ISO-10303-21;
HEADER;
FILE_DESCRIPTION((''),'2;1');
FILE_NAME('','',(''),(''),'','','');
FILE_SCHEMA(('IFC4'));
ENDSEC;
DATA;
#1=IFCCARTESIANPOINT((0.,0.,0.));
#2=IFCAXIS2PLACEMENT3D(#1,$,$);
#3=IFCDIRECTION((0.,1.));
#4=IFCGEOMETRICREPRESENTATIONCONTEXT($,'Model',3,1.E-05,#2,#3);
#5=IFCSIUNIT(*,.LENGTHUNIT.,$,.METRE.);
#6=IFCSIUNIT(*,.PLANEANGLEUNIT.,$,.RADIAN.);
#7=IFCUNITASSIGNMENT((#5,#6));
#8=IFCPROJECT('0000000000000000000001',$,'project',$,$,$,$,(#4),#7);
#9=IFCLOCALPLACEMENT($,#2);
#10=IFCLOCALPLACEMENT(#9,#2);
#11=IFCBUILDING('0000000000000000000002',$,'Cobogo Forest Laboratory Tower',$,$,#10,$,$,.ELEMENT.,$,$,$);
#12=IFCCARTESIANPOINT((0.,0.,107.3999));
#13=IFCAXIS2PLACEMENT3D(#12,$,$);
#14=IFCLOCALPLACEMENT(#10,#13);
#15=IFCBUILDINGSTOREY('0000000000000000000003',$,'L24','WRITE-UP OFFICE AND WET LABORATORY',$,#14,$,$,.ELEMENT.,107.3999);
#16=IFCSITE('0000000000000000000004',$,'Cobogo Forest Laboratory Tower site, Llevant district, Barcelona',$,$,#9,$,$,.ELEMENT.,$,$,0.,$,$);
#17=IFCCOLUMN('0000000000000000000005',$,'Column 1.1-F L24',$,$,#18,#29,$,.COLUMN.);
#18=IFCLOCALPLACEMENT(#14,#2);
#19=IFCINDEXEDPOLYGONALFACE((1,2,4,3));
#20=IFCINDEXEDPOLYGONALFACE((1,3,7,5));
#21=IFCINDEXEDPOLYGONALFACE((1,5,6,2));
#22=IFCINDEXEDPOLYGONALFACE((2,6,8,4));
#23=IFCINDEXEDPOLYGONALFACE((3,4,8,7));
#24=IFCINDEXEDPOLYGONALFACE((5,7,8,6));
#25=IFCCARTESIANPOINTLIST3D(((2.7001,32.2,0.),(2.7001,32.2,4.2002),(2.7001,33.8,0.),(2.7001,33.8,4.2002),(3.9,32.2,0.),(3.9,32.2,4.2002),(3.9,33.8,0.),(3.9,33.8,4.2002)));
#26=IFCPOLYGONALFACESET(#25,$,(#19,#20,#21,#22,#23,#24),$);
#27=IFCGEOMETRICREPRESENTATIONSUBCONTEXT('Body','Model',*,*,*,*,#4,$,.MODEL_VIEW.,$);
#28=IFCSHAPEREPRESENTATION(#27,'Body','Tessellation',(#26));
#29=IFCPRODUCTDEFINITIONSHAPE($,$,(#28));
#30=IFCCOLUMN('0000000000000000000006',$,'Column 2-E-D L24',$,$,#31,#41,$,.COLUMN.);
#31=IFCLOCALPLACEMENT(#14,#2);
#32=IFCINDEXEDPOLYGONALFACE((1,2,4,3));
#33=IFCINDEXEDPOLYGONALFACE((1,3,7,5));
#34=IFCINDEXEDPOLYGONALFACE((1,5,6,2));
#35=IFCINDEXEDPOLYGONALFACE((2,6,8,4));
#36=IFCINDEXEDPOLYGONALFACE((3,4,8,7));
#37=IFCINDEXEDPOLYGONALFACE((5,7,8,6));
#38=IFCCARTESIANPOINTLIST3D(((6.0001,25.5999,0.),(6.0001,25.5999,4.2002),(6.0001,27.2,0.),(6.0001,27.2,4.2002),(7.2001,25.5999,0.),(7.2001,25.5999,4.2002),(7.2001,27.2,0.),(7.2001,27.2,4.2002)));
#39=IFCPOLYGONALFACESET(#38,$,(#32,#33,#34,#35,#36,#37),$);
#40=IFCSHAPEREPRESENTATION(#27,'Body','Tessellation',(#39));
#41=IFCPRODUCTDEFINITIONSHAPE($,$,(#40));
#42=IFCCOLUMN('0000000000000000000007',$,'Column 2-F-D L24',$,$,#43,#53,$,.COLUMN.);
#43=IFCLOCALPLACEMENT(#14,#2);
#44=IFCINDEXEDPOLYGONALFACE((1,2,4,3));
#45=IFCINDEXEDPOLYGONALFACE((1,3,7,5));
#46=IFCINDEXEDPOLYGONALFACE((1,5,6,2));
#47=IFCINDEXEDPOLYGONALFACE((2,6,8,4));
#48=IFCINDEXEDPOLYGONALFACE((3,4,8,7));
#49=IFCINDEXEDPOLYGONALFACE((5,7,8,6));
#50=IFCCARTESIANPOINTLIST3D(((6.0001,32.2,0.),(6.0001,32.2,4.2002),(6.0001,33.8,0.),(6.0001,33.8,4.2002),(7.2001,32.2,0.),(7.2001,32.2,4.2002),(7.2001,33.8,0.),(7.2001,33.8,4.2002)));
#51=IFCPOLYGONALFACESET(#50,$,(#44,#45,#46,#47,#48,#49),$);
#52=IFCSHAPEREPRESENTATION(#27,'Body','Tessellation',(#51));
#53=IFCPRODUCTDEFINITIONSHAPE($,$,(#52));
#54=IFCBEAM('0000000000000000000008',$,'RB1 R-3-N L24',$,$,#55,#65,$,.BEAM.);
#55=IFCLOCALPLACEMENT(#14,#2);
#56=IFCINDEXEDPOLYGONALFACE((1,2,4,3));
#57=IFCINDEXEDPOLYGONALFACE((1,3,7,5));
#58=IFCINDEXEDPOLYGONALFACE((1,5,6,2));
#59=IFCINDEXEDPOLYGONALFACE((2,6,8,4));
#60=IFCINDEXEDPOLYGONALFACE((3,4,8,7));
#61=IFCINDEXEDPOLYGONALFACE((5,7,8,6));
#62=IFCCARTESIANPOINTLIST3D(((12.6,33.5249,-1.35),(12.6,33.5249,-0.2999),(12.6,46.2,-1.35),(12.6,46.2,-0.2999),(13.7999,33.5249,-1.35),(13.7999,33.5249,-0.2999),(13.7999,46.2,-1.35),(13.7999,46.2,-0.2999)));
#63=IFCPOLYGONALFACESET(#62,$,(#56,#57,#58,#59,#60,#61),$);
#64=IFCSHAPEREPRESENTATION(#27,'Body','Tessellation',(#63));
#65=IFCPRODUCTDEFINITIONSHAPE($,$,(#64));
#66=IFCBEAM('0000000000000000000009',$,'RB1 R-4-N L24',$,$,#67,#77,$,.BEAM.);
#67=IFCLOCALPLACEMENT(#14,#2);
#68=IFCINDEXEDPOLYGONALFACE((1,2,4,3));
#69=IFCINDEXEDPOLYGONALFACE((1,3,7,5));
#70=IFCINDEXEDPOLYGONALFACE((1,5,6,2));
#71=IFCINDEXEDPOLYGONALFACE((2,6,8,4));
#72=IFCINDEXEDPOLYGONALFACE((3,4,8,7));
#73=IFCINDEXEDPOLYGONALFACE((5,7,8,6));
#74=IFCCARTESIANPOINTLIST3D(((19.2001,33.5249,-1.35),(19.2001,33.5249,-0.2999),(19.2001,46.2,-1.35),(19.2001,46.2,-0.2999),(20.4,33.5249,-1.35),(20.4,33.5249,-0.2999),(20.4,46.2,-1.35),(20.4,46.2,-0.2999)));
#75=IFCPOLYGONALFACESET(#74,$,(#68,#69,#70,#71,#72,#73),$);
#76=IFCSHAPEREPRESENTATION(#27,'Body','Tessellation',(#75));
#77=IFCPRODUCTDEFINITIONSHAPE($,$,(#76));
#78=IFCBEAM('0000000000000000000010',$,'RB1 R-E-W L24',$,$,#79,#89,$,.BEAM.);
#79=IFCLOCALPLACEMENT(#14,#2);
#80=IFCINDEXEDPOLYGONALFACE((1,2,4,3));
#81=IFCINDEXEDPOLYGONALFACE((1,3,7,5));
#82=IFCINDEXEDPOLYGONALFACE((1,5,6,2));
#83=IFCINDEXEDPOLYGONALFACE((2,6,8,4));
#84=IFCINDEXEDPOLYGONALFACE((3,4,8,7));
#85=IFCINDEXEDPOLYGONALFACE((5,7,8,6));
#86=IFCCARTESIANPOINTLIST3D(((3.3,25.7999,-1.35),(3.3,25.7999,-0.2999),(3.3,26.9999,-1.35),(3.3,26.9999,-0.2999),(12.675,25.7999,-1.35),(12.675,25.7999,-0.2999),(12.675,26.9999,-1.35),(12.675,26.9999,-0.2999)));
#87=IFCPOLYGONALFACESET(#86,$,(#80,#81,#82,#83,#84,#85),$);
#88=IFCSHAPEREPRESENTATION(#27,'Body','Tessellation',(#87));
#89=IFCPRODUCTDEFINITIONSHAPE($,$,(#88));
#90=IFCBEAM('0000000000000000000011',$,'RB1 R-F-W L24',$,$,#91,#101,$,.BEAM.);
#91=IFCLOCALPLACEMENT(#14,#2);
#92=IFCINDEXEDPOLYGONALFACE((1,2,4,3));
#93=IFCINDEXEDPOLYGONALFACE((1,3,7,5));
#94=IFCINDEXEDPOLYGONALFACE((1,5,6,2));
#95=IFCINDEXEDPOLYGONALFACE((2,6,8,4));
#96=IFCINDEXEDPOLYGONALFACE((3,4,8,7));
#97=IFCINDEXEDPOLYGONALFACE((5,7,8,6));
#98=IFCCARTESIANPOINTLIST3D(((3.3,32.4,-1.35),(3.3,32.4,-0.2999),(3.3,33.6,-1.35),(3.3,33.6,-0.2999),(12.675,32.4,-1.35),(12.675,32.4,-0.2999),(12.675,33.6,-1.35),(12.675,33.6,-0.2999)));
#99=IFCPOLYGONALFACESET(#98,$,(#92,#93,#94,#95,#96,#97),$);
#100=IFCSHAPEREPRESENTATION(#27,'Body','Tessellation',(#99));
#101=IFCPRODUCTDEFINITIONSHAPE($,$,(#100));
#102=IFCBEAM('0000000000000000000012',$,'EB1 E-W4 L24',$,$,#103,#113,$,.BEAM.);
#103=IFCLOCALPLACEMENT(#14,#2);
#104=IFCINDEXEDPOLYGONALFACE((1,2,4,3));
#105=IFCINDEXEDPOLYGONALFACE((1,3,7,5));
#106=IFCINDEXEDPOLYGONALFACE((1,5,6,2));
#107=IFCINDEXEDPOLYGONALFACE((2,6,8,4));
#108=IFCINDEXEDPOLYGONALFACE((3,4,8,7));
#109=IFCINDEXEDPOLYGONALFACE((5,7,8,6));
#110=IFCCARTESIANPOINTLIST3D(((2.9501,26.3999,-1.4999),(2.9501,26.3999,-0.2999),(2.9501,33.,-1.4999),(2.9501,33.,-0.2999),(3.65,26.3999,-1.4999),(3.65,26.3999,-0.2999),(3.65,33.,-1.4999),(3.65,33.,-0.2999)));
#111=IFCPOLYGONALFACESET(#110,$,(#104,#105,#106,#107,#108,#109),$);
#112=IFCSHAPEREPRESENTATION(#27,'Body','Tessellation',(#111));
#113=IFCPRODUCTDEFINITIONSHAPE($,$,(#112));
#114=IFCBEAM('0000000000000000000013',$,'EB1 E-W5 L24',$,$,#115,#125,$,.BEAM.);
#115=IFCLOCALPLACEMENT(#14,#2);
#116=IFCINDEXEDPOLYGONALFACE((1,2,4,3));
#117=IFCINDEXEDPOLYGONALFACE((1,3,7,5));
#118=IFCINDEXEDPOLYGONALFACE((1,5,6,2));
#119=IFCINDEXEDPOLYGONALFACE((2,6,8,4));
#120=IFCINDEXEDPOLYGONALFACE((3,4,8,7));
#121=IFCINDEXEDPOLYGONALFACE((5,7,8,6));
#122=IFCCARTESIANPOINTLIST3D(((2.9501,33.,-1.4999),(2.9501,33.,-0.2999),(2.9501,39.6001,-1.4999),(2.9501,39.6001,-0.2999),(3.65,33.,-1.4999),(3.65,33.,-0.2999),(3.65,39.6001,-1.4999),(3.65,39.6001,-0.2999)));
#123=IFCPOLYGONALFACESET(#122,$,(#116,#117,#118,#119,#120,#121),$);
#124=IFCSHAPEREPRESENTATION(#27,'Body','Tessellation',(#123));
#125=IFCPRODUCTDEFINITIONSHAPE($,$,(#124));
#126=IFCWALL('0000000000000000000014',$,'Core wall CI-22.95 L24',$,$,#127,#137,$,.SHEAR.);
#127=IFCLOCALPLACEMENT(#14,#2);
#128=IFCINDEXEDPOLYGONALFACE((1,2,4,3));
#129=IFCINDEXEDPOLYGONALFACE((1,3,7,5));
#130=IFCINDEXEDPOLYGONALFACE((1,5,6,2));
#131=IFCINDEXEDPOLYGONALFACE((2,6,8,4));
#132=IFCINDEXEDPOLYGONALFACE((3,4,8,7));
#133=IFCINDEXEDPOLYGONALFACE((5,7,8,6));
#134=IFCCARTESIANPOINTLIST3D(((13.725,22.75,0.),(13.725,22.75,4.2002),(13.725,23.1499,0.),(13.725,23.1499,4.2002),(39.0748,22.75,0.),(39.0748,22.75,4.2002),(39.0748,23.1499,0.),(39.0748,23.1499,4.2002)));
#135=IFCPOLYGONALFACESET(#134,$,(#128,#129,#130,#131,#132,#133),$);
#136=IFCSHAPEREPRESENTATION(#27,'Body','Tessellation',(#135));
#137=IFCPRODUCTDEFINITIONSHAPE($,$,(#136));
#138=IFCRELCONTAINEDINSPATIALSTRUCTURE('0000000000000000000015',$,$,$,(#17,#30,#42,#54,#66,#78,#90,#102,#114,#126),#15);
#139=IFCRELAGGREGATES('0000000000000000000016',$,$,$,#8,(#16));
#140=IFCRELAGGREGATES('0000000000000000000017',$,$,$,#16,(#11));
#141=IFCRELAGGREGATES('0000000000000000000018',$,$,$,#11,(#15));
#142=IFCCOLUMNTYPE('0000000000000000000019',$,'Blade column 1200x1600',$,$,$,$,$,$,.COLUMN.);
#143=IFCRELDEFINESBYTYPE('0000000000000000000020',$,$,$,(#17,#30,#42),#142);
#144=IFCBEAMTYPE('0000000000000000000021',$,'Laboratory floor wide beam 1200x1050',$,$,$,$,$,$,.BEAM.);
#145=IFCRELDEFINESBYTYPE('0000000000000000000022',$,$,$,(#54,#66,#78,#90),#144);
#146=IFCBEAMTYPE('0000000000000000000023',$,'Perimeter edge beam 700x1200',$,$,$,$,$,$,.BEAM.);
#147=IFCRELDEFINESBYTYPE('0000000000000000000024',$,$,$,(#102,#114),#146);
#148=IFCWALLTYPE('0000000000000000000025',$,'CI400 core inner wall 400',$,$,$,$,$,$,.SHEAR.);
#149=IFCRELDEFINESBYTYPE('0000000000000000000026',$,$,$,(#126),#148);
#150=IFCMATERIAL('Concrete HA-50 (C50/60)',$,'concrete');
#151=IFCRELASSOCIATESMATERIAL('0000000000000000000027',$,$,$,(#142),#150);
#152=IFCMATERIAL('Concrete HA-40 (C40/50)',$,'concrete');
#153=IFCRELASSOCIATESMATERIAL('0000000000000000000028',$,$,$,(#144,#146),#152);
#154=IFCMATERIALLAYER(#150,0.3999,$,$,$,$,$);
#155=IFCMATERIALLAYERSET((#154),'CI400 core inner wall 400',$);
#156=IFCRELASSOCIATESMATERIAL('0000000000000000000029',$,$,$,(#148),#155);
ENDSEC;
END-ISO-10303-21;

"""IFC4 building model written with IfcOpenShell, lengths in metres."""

from ifc_helpers import new_model, si_unit, direction, frame, frame_2d, origin, origin_2d, place, context, subcontext, project, spatial, rectangle, extrude, material, layer, layer_set, material_profile, profile_set, type_object, element, save


model = new_model("IFC4")

# Units and contexts
model_context = context("Model", 3, precision=1e-05, world=origin(), true_north=direction((0.0, 1.0)))
body_context = subcontext(model_context, "Body", "Model", "MODEL_VIEW")
ifc_project = project(units=[si_unit("LENGTHUNIT", "METRE"), si_unit("PLANEANGLEUNIT", "RADIAN")], contexts=[model_context])

# Site, building, storey
site_placement = place(None, origin())
site = spatial("IfcSite", under=ifc_project, at=site_placement, Name="Cobogo Forest Laboratory Tower site, Llevant district, Barcelona", CompositionType="ELEMENT", RefElevation=0.0)
building_placement = place(site_placement, origin())
building = spatial("IfcBuilding", under=site, at=building_placement, Name="Cobogo Forest Laboratory Tower", CompositionType="ELEMENT")
storey_placement = place(building_placement, frame((0.0, 0.0, 107.3999)))
storey = spatial("IfcBuildingStorey", under=building, at=storey_placement, Name="L24", Description="WRITE-UP OFFICE AND WET LABORATORY", CompositionType="ELEMENT", Elevation=107.3999)

# Columns
ifc_material_1 = material(Name="Concrete HA-50 (C50/60)", Category="concrete")
ifc_material_profile_1 = material_profile(ifc_material_1, rectangle(XDim=1.6001, YDim=1.2, at=origin_2d()), Name="RC 1200x1600")
ifc_profile_set_1 = profile_set([ifc_material_profile_1], Name="Concrete HA-50 (C50/60)")
column_type = type_object("IfcColumnType", Name="Blade column 1200x1600", PredefinedType="COLUMN", material=ifc_profile_set_1)
for number, where, z_axis, x_axis, name in (
    (1, (3.3, 33.0, 0.0), (0.0, 0.0, 1.0), (0.0, 1.0, 0.0), "Column 1.1-F L24"),
    (2, (6.6001, 26.3999, 0.0), (0.0, 0.0, 1.0), (0.0, 1.0, 0.0), "Column 2-E-D L24"),
    (3, (6.6001, 33.0, 0.0), (0.0, 0.0, 1.0), (0.0, 1.0, 0.0), "Column 2-F-D L24"),
):
    element("IfcColumn", number, at=place(storey_placement, frame(where, z_axis=z_axis, x_axis=x_axis)), inside=storey, type_object=column_type, Name=name, PredefinedType="COLUMN", context=body_context, shape_type="SweptSolid", body=[
        extrude(rectangle(XDim=1.6001, YDim=1.2, at=origin_2d()), origin(), (0.0, 0.0, 1.0), 4.2002),
    ])

# Beams
ifc_material_2 = material(Name="Concrete HA-40 (C40/50)", Category="concrete")
ifc_material_profile_2 = material_profile(ifc_material_2, rectangle(XDim=1.2, YDim=1.05, at=origin_2d()), Name="RC 1200x1050")
ifc_profile_set_2 = profile_set([ifc_material_profile_2], Name="Concrete HA-40 (C40/50)")
beam_type_1 = type_object("IfcBeamType", Name="Laboratory floor wide beam 1200x1050", PredefinedType="BEAM", material=ifc_profile_set_2)
for number, where, z_axis, x_axis, name in (
    (4, (13.2, 33.5249, -0.825), (0.0, 1.0, 0.0), (-1.0, 0.0, 0.0), "RB1 R-3-N L24"),
    (5, (19.8, 33.5249, -0.825), (0.0, 1.0, 0.0), (-1.0, 0.0, 0.0), "RB1 R-4-N L24"),
):
    element("IfcBeam", number, at=place(storey_placement, frame(where, z_axis=z_axis, x_axis=x_axis)), inside=storey, type_object=beam_type_1, Name=name, PredefinedType="BEAM", context=body_context, shape_type="SweptSolid", body=[
        extrude(rectangle(XDim=1.2, YDim=1.05, at=origin_2d()), origin(), (0.0, 0.0, 1.0), 12.675),
    ])
for number, where, z_axis, x_axis, name in (
    (6, (12.675, 26.3999, -0.825), (-1.0, 0.0, 0.0), (0.0, -1.0, 0.0), "RB1 R-E-W L24"),
    (7, (12.675, 33.0, -0.825), (-1.0, 0.0, 0.0), (0.0, -1.0, 0.0), "RB1 R-F-W L24"),
):
    element("IfcBeam", number, at=place(storey_placement, frame(where, z_axis=z_axis, x_axis=x_axis)), inside=storey, type_object=beam_type_1, Name=name, PredefinedType="BEAM", context=body_context, shape_type="SweptSolid", body=[
        extrude(rectangle(XDim=1.2, YDim=1.05, at=origin_2d()), origin(), (0.0, 0.0, 1.0), 9.375),
    ])
ifc_material_profile_3 = material_profile(ifc_material_2, rectangle(XDim=0.7, YDim=1.2, at=origin_2d()), Name="RC 700x1200")
ifc_profile_set_3 = profile_set([ifc_material_profile_3], Name="Concrete HA-40 (C40/50)")
beam_type_2 = type_object("IfcBeamType", Name="Perimeter edge beam 700x1200", PredefinedType="BEAM", material=ifc_profile_set_3)
for number, where, z_axis, x_axis, name in (
    (8, (3.3, 26.3999, -0.8999), (0.0, 1.0, 0.0), (-1.0, 0.0, 0.0), "EB1 E-W4 L24"),
    (9, (3.3, 33.0, -0.8999), (0.0, 1.0, 0.0), (-1.0, 0.0, 0.0), "EB1 E-W5 L24"),
):
    element("IfcBeam", number, at=place(storey_placement, frame(where, z_axis=z_axis, x_axis=x_axis)), inside=storey, type_object=beam_type_2, Name=name, PredefinedType="BEAM", context=body_context, shape_type="SweptSolid", body=[
        extrude(rectangle(XDim=0.7, YDim=1.2, at=origin_2d()), origin(), (0.0, 0.0, 1.0), 6.6001),
    ])

# Wall
ifc_layer_1 = layer(ifc_material_1, 0.3999)
ifc_layer_set_1 = layer_set([ifc_layer_1], Name="CI400 core inner wall 400")
wall_type_1 = type_object("IfcWallType", Name="CI400 core inner wall 400", PredefinedType="SHEAR", material=ifc_layer_set_1)
wall_1_placement = place(storey_placement, frame((13.7251, 22.95, 0.0), z_axis=(0.0, 0.0, 1.0), x_axis=(1.0, 0.0, 0.0)))
element("IfcWall", 10, at=wall_1_placement, inside=storey, type_object=wall_type_1, Name="Core wall CI-22.95 L24", PredefinedType="SHEAR", context=body_context, shape_type="SweptSolid", body=[
    extrude(rectangle(XDim=25.3499, YDim=0.3999, at=frame_2d((12.6748, 0.0))), origin(), (0.0, 0.0, 1.0), 4.2002),
])

save(model, "model.ifc")
